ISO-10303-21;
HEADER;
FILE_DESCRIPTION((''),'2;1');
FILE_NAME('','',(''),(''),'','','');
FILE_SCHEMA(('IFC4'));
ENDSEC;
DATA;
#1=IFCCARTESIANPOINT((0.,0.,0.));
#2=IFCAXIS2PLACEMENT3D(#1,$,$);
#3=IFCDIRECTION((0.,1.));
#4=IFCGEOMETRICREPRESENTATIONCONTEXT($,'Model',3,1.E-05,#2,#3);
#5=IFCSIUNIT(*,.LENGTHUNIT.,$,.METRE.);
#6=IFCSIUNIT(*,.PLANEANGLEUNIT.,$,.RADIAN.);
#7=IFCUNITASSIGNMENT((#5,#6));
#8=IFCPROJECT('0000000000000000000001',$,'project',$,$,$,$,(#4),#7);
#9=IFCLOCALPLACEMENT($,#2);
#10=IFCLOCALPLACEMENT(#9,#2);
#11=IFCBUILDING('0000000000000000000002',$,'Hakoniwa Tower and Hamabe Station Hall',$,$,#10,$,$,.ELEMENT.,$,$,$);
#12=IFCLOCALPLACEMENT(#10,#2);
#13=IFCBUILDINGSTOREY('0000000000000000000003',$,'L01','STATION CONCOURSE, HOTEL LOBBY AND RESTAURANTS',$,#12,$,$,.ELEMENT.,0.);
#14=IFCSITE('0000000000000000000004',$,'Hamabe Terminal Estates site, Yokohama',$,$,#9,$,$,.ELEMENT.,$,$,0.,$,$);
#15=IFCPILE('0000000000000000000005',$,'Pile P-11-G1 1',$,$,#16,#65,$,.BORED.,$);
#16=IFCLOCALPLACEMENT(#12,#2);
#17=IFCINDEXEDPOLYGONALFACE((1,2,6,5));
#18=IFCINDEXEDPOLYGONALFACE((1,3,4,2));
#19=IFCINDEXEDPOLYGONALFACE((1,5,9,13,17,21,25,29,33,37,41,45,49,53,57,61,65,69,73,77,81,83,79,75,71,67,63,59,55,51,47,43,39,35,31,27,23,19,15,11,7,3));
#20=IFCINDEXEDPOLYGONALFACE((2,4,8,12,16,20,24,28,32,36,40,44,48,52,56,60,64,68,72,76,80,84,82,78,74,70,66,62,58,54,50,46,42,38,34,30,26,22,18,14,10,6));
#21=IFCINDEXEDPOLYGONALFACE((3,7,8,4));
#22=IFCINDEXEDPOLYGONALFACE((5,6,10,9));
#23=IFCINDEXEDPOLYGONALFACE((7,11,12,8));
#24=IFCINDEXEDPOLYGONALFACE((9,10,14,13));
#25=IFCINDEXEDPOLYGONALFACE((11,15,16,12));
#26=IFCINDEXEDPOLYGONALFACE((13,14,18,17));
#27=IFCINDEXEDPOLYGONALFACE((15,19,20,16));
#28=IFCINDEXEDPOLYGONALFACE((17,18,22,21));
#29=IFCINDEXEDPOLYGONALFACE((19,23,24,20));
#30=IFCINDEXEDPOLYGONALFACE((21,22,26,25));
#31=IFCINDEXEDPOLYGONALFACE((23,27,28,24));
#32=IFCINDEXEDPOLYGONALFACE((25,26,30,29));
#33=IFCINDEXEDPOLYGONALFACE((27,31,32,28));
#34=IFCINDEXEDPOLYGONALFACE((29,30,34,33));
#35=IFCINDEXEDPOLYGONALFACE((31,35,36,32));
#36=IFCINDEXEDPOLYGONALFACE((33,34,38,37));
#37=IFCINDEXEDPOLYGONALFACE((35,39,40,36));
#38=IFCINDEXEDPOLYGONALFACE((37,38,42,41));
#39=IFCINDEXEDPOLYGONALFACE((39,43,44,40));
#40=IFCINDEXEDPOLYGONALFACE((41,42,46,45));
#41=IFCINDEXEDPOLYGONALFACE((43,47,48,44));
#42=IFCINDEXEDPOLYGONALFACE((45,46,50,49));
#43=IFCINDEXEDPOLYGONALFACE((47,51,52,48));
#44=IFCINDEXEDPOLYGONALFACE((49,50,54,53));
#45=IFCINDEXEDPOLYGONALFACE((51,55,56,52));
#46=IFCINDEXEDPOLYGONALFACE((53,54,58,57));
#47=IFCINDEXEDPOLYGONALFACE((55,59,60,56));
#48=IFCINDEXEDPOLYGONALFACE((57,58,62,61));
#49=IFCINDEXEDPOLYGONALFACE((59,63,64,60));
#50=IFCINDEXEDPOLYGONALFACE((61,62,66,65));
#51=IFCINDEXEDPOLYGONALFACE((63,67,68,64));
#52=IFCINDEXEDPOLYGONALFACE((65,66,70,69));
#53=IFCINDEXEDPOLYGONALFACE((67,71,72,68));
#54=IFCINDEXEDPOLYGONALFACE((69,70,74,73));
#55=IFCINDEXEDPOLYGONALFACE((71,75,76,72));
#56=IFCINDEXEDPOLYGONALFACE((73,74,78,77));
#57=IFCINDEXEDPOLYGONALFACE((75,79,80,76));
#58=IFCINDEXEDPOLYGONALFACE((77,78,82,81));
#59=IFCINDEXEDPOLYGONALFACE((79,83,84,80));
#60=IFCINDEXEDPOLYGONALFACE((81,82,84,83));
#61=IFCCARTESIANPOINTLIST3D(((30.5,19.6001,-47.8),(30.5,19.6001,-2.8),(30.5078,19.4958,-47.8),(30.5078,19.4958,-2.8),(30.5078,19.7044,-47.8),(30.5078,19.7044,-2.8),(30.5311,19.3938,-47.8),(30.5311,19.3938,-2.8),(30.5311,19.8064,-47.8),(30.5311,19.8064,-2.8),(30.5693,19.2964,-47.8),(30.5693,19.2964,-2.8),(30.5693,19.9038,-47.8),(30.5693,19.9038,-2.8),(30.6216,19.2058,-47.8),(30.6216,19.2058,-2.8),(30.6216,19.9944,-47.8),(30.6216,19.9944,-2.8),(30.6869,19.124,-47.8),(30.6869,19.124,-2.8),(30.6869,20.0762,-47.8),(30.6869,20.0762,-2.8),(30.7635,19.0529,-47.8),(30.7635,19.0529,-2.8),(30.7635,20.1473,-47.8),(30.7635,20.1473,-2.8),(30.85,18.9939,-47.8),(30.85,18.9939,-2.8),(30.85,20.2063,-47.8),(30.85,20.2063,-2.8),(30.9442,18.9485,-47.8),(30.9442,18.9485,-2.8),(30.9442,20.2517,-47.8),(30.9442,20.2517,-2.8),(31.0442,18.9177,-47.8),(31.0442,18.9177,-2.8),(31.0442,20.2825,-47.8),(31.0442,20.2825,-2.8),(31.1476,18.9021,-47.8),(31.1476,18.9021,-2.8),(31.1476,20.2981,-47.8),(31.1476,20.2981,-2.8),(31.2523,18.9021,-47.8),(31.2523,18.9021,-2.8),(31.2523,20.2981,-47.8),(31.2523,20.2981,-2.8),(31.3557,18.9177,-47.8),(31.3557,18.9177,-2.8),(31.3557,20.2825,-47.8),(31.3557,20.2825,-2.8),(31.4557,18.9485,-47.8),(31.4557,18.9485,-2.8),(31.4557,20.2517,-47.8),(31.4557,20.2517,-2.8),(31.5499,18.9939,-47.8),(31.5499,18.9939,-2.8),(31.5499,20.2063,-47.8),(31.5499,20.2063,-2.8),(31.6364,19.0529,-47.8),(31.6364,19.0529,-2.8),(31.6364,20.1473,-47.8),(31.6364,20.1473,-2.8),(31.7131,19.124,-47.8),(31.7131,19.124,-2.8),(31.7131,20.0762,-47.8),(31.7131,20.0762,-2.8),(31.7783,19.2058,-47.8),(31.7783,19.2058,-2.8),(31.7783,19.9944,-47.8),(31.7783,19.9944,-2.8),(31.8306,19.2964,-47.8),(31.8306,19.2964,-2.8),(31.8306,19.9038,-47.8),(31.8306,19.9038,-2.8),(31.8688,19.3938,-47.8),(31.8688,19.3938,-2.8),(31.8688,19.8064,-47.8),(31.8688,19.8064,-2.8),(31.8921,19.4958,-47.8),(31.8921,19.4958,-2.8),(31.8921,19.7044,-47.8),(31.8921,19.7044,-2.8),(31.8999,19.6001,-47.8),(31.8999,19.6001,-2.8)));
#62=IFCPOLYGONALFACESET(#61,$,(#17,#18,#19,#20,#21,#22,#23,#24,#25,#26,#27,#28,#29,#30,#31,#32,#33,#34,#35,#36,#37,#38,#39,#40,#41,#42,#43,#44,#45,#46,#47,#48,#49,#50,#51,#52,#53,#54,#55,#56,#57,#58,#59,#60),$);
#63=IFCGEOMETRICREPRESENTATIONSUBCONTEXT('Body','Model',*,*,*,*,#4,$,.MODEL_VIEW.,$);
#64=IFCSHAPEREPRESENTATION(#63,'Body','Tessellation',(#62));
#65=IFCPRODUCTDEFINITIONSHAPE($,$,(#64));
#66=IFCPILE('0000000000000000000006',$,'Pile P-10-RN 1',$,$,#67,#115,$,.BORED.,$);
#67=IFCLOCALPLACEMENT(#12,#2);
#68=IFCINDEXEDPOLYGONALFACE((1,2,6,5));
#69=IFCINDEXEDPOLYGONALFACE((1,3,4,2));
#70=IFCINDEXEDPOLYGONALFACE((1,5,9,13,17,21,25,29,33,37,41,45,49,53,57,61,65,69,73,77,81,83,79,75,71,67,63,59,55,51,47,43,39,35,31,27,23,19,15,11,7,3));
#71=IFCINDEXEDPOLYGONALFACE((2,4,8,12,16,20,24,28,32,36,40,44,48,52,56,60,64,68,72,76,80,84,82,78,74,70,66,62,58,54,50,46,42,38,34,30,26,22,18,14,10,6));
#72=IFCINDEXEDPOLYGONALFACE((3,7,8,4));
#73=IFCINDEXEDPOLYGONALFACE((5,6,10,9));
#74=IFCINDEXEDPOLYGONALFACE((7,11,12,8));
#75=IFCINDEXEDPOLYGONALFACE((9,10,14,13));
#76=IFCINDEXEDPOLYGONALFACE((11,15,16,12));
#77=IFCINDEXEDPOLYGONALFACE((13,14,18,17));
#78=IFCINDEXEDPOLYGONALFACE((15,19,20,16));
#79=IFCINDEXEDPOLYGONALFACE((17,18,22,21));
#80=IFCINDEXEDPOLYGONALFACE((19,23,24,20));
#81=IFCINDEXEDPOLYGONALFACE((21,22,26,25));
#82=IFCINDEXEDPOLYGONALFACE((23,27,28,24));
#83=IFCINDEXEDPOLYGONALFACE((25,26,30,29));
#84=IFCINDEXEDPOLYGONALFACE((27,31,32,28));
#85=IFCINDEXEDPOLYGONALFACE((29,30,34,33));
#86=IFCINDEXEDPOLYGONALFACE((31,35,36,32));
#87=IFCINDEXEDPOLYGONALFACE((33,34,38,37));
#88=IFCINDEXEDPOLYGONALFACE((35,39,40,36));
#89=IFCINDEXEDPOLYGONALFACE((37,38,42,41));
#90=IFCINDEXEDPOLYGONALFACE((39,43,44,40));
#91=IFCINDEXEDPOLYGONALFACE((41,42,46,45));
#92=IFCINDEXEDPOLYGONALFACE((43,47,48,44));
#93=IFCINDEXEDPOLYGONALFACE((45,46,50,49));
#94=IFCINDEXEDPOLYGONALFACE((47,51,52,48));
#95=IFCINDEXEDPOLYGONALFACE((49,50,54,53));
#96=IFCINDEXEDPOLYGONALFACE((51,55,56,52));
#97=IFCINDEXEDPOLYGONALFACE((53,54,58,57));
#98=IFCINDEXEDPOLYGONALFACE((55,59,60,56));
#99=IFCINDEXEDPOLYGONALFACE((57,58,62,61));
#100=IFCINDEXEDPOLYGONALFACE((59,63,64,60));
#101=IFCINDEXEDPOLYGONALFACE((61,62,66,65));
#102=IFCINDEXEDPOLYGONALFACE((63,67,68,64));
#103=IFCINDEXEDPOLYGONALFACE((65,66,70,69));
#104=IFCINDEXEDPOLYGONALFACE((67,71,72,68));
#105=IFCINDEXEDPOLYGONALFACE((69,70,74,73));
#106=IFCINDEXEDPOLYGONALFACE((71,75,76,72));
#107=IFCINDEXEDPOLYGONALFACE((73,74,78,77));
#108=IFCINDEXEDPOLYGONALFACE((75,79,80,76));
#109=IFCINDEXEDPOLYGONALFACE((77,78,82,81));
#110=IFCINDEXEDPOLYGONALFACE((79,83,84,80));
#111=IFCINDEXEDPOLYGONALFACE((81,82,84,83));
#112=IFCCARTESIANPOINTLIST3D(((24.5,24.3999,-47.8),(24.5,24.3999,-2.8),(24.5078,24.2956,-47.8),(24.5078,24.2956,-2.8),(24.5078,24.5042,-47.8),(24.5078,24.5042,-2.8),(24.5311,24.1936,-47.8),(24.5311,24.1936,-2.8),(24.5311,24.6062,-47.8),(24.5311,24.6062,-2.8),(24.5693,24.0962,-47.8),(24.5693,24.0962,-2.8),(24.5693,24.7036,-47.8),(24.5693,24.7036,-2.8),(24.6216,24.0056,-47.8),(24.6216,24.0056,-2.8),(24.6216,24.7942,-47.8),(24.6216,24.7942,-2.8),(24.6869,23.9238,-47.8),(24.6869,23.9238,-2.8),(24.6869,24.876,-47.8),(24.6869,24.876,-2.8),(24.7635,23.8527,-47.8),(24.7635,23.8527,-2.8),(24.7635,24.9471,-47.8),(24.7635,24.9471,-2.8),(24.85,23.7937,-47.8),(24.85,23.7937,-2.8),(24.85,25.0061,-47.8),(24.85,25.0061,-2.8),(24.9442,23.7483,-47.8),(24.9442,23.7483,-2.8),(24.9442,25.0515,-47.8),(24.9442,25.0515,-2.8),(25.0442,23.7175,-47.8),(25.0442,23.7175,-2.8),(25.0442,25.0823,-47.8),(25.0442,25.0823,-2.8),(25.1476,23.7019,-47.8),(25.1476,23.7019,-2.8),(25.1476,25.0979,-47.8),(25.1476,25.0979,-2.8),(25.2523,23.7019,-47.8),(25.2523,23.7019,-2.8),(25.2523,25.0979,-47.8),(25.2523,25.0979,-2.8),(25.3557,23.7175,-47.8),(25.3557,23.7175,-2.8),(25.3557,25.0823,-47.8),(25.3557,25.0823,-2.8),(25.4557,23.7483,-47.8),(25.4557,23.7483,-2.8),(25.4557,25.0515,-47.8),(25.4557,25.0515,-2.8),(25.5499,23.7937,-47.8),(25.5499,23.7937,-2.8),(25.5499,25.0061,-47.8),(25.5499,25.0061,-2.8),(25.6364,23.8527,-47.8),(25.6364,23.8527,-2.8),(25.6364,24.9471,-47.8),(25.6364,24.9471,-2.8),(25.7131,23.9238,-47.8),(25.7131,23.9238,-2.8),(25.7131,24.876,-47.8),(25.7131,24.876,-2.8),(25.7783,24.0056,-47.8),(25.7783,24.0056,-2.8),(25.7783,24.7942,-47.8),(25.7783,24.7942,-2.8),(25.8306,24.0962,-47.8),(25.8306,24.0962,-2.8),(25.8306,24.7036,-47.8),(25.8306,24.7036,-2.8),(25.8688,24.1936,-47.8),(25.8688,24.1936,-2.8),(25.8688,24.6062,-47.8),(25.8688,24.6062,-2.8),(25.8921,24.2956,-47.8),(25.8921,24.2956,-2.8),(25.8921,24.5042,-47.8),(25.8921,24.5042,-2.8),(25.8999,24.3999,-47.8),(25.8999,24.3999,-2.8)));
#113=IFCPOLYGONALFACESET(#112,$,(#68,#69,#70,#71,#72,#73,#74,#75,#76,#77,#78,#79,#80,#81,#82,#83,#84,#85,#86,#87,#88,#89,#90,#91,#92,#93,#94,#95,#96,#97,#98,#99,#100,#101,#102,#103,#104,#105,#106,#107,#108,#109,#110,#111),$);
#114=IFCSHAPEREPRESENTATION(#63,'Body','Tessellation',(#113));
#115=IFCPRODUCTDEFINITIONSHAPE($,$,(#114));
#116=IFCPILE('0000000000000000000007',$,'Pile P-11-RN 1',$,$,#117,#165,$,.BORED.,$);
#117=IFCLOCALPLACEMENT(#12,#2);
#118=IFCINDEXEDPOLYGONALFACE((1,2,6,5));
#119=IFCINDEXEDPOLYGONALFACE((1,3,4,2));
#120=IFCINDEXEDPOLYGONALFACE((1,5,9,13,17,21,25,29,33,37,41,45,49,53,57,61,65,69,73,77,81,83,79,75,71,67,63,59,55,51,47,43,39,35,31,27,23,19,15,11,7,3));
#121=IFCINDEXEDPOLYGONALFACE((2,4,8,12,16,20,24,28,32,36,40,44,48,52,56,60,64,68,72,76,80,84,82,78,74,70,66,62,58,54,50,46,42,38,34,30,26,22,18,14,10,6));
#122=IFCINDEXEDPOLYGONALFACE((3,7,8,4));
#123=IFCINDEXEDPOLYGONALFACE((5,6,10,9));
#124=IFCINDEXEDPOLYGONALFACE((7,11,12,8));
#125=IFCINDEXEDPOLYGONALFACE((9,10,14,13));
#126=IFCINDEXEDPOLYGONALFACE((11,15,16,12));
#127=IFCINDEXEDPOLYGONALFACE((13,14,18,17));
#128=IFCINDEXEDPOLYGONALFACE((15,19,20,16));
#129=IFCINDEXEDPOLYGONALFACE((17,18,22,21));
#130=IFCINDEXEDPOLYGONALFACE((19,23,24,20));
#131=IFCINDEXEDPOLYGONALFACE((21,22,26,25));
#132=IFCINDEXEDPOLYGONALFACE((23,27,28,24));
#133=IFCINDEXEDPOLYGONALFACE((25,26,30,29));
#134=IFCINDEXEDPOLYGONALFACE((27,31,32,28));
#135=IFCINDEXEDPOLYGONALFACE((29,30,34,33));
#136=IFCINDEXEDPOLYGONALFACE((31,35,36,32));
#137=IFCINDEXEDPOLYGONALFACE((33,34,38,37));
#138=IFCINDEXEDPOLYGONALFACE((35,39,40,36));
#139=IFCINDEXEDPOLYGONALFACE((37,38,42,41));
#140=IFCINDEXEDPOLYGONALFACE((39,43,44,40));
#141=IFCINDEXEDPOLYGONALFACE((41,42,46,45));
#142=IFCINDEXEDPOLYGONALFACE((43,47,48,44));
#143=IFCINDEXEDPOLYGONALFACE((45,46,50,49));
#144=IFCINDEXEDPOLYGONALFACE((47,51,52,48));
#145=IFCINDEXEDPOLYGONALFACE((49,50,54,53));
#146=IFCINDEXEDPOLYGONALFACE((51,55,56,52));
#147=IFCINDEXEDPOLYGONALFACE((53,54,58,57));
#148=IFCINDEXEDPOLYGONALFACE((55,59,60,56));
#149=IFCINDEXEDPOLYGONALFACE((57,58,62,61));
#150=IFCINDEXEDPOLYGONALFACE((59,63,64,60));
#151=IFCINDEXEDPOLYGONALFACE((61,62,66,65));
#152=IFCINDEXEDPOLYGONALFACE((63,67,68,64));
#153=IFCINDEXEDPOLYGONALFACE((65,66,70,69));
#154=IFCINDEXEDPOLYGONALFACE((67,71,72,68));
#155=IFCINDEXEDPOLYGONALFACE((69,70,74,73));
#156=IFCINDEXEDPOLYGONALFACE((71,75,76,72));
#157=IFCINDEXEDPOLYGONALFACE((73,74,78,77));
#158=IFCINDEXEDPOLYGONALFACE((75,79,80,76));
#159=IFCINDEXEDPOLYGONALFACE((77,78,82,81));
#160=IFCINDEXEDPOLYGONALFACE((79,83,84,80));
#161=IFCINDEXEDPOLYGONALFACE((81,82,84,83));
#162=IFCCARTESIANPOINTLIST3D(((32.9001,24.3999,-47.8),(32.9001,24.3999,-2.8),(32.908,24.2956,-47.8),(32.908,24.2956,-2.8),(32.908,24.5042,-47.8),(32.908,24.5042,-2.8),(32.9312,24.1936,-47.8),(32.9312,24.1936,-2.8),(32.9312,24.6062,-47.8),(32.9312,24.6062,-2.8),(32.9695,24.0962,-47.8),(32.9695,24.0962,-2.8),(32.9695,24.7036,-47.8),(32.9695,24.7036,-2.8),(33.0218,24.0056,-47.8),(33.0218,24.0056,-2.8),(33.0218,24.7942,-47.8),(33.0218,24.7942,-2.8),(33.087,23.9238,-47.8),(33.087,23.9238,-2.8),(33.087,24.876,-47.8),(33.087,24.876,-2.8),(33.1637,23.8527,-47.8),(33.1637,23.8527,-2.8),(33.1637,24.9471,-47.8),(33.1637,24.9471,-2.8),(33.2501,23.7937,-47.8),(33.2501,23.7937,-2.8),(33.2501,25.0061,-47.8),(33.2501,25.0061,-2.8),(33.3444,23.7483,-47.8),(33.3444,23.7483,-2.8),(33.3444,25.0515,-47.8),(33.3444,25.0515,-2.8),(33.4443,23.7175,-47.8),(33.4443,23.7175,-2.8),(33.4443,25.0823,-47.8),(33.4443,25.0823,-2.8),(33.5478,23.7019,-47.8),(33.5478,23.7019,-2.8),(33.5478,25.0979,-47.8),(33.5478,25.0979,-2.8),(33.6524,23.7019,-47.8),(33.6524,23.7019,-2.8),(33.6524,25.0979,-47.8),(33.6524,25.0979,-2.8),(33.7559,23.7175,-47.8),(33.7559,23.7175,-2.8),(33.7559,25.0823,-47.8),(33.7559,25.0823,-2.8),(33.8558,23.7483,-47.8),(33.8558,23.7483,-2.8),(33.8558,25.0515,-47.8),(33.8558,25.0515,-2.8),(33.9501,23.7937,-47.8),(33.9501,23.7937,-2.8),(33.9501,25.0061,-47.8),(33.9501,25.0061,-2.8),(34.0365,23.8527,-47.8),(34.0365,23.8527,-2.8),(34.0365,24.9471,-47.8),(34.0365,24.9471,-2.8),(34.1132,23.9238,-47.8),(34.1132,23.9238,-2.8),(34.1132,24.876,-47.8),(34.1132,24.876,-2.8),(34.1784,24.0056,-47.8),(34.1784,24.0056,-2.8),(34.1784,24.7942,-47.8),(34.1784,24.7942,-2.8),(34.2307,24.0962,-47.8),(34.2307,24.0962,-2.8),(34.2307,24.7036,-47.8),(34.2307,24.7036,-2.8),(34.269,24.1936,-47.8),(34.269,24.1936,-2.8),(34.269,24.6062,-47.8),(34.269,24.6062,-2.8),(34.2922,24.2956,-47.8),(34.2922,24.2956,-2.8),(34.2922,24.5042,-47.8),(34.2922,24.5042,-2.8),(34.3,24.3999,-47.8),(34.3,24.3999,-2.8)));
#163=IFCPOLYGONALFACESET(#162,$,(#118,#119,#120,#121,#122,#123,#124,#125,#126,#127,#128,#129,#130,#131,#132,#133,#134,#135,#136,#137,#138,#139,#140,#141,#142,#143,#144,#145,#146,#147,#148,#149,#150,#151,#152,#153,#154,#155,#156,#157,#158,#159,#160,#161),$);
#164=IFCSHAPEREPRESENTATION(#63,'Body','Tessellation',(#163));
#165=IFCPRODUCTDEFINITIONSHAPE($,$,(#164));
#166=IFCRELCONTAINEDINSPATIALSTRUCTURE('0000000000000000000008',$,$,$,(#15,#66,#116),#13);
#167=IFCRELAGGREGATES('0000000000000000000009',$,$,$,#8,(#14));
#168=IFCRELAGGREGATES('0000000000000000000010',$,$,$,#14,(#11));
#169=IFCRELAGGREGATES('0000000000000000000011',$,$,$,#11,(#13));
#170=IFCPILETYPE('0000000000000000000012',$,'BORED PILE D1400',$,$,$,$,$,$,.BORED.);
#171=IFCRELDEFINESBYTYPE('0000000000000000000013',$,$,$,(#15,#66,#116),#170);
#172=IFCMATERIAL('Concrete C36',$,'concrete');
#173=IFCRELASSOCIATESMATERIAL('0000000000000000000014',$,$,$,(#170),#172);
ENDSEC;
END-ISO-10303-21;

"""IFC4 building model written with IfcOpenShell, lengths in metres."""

from ifc_helpers import new_model, si_unit, direction, frame, origin, origin_2d, place, context, subcontext, project, spatial, circle, extrude, material, material_profile, profile_set, type_object, element, save


model = new_model("IFC4")

# Units and contexts
model_context = context("Model", 3, precision=1e-05, world=origin(), true_north=direction((0.0, 1.0)))
body_context = subcontext(model_context, "Body", "Model", "MODEL_VIEW")
ifc_project = project(units=[si_unit("LENGTHUNIT", "METRE"), si_unit("PLANEANGLEUNIT", "RADIAN")], contexts=[model_context])

# Site, building, storey
site_placement = place(None, origin())
site = spatial("IfcSite", under=ifc_project, at=site_placement, Name="Hamabe Terminal Estates site, Yokohama", CompositionType="ELEMENT", RefElevation=0.0)
building_placement = place(site_placement, origin())
building = spatial("IfcBuilding", under=site, at=building_placement, Name="Hakoniwa Tower and Hamabe Station Hall", CompositionType="ELEMENT")
storey_placement = place(building_placement, origin())
storey = spatial("IfcBuildingStorey", under=building, at=storey_placement, Name="L01", Description="STATION CONCOURSE, HOTEL LOBBY AND RESTAURANTS", CompositionType="ELEMENT", Elevation=0.0)

# Piles
ifc_material_1 = material(Name="Concrete C36", Category="concrete")
ifc_material_profile_1 = material_profile(ifc_material_1, circle(Radius=0.7, at=origin_2d()), Name="BORED PILE D1400")
ifc_profile_set_1 = profile_set([ifc_material_profile_1], Name="Concrete C36")
pile_type = type_object("IfcPileType", Name="BORED PILE D1400", PredefinedType="BORED", material=ifc_profile_set_1)
for number, where, z_axis, x_axis, name in (
    (1, (31.2, 19.6001, -2.8), (0.0, 0.0, -1.0), (1.0, 0.0, 0.0), "Pile P-11-G1 1"),
    (2, (25.2, 24.3999, -2.8), (0.0, 0.0, -1.0), (1.0, 0.0, 0.0), "Pile P-10-RN 1"),
    (3, (33.6001, 24.3999, -2.8), (0.0, 0.0, -1.0), (1.0, 0.0, 0.0), "Pile P-11-RN 1"),
):
    element("IfcPile", number, at=place(storey_placement, frame(where, z_axis=z_axis, x_axis=x_axis)), inside=storey, type_object=pile_type, Name=name, PredefinedType="BORED", context=body_context, shape_type="SweptSolid", body=[
        extrude(circle(Radius=0.7, at=origin_2d()), origin(), (0.0, 0.0, 1.0), 45.0),
    ])

save(model, "model.ifc")
